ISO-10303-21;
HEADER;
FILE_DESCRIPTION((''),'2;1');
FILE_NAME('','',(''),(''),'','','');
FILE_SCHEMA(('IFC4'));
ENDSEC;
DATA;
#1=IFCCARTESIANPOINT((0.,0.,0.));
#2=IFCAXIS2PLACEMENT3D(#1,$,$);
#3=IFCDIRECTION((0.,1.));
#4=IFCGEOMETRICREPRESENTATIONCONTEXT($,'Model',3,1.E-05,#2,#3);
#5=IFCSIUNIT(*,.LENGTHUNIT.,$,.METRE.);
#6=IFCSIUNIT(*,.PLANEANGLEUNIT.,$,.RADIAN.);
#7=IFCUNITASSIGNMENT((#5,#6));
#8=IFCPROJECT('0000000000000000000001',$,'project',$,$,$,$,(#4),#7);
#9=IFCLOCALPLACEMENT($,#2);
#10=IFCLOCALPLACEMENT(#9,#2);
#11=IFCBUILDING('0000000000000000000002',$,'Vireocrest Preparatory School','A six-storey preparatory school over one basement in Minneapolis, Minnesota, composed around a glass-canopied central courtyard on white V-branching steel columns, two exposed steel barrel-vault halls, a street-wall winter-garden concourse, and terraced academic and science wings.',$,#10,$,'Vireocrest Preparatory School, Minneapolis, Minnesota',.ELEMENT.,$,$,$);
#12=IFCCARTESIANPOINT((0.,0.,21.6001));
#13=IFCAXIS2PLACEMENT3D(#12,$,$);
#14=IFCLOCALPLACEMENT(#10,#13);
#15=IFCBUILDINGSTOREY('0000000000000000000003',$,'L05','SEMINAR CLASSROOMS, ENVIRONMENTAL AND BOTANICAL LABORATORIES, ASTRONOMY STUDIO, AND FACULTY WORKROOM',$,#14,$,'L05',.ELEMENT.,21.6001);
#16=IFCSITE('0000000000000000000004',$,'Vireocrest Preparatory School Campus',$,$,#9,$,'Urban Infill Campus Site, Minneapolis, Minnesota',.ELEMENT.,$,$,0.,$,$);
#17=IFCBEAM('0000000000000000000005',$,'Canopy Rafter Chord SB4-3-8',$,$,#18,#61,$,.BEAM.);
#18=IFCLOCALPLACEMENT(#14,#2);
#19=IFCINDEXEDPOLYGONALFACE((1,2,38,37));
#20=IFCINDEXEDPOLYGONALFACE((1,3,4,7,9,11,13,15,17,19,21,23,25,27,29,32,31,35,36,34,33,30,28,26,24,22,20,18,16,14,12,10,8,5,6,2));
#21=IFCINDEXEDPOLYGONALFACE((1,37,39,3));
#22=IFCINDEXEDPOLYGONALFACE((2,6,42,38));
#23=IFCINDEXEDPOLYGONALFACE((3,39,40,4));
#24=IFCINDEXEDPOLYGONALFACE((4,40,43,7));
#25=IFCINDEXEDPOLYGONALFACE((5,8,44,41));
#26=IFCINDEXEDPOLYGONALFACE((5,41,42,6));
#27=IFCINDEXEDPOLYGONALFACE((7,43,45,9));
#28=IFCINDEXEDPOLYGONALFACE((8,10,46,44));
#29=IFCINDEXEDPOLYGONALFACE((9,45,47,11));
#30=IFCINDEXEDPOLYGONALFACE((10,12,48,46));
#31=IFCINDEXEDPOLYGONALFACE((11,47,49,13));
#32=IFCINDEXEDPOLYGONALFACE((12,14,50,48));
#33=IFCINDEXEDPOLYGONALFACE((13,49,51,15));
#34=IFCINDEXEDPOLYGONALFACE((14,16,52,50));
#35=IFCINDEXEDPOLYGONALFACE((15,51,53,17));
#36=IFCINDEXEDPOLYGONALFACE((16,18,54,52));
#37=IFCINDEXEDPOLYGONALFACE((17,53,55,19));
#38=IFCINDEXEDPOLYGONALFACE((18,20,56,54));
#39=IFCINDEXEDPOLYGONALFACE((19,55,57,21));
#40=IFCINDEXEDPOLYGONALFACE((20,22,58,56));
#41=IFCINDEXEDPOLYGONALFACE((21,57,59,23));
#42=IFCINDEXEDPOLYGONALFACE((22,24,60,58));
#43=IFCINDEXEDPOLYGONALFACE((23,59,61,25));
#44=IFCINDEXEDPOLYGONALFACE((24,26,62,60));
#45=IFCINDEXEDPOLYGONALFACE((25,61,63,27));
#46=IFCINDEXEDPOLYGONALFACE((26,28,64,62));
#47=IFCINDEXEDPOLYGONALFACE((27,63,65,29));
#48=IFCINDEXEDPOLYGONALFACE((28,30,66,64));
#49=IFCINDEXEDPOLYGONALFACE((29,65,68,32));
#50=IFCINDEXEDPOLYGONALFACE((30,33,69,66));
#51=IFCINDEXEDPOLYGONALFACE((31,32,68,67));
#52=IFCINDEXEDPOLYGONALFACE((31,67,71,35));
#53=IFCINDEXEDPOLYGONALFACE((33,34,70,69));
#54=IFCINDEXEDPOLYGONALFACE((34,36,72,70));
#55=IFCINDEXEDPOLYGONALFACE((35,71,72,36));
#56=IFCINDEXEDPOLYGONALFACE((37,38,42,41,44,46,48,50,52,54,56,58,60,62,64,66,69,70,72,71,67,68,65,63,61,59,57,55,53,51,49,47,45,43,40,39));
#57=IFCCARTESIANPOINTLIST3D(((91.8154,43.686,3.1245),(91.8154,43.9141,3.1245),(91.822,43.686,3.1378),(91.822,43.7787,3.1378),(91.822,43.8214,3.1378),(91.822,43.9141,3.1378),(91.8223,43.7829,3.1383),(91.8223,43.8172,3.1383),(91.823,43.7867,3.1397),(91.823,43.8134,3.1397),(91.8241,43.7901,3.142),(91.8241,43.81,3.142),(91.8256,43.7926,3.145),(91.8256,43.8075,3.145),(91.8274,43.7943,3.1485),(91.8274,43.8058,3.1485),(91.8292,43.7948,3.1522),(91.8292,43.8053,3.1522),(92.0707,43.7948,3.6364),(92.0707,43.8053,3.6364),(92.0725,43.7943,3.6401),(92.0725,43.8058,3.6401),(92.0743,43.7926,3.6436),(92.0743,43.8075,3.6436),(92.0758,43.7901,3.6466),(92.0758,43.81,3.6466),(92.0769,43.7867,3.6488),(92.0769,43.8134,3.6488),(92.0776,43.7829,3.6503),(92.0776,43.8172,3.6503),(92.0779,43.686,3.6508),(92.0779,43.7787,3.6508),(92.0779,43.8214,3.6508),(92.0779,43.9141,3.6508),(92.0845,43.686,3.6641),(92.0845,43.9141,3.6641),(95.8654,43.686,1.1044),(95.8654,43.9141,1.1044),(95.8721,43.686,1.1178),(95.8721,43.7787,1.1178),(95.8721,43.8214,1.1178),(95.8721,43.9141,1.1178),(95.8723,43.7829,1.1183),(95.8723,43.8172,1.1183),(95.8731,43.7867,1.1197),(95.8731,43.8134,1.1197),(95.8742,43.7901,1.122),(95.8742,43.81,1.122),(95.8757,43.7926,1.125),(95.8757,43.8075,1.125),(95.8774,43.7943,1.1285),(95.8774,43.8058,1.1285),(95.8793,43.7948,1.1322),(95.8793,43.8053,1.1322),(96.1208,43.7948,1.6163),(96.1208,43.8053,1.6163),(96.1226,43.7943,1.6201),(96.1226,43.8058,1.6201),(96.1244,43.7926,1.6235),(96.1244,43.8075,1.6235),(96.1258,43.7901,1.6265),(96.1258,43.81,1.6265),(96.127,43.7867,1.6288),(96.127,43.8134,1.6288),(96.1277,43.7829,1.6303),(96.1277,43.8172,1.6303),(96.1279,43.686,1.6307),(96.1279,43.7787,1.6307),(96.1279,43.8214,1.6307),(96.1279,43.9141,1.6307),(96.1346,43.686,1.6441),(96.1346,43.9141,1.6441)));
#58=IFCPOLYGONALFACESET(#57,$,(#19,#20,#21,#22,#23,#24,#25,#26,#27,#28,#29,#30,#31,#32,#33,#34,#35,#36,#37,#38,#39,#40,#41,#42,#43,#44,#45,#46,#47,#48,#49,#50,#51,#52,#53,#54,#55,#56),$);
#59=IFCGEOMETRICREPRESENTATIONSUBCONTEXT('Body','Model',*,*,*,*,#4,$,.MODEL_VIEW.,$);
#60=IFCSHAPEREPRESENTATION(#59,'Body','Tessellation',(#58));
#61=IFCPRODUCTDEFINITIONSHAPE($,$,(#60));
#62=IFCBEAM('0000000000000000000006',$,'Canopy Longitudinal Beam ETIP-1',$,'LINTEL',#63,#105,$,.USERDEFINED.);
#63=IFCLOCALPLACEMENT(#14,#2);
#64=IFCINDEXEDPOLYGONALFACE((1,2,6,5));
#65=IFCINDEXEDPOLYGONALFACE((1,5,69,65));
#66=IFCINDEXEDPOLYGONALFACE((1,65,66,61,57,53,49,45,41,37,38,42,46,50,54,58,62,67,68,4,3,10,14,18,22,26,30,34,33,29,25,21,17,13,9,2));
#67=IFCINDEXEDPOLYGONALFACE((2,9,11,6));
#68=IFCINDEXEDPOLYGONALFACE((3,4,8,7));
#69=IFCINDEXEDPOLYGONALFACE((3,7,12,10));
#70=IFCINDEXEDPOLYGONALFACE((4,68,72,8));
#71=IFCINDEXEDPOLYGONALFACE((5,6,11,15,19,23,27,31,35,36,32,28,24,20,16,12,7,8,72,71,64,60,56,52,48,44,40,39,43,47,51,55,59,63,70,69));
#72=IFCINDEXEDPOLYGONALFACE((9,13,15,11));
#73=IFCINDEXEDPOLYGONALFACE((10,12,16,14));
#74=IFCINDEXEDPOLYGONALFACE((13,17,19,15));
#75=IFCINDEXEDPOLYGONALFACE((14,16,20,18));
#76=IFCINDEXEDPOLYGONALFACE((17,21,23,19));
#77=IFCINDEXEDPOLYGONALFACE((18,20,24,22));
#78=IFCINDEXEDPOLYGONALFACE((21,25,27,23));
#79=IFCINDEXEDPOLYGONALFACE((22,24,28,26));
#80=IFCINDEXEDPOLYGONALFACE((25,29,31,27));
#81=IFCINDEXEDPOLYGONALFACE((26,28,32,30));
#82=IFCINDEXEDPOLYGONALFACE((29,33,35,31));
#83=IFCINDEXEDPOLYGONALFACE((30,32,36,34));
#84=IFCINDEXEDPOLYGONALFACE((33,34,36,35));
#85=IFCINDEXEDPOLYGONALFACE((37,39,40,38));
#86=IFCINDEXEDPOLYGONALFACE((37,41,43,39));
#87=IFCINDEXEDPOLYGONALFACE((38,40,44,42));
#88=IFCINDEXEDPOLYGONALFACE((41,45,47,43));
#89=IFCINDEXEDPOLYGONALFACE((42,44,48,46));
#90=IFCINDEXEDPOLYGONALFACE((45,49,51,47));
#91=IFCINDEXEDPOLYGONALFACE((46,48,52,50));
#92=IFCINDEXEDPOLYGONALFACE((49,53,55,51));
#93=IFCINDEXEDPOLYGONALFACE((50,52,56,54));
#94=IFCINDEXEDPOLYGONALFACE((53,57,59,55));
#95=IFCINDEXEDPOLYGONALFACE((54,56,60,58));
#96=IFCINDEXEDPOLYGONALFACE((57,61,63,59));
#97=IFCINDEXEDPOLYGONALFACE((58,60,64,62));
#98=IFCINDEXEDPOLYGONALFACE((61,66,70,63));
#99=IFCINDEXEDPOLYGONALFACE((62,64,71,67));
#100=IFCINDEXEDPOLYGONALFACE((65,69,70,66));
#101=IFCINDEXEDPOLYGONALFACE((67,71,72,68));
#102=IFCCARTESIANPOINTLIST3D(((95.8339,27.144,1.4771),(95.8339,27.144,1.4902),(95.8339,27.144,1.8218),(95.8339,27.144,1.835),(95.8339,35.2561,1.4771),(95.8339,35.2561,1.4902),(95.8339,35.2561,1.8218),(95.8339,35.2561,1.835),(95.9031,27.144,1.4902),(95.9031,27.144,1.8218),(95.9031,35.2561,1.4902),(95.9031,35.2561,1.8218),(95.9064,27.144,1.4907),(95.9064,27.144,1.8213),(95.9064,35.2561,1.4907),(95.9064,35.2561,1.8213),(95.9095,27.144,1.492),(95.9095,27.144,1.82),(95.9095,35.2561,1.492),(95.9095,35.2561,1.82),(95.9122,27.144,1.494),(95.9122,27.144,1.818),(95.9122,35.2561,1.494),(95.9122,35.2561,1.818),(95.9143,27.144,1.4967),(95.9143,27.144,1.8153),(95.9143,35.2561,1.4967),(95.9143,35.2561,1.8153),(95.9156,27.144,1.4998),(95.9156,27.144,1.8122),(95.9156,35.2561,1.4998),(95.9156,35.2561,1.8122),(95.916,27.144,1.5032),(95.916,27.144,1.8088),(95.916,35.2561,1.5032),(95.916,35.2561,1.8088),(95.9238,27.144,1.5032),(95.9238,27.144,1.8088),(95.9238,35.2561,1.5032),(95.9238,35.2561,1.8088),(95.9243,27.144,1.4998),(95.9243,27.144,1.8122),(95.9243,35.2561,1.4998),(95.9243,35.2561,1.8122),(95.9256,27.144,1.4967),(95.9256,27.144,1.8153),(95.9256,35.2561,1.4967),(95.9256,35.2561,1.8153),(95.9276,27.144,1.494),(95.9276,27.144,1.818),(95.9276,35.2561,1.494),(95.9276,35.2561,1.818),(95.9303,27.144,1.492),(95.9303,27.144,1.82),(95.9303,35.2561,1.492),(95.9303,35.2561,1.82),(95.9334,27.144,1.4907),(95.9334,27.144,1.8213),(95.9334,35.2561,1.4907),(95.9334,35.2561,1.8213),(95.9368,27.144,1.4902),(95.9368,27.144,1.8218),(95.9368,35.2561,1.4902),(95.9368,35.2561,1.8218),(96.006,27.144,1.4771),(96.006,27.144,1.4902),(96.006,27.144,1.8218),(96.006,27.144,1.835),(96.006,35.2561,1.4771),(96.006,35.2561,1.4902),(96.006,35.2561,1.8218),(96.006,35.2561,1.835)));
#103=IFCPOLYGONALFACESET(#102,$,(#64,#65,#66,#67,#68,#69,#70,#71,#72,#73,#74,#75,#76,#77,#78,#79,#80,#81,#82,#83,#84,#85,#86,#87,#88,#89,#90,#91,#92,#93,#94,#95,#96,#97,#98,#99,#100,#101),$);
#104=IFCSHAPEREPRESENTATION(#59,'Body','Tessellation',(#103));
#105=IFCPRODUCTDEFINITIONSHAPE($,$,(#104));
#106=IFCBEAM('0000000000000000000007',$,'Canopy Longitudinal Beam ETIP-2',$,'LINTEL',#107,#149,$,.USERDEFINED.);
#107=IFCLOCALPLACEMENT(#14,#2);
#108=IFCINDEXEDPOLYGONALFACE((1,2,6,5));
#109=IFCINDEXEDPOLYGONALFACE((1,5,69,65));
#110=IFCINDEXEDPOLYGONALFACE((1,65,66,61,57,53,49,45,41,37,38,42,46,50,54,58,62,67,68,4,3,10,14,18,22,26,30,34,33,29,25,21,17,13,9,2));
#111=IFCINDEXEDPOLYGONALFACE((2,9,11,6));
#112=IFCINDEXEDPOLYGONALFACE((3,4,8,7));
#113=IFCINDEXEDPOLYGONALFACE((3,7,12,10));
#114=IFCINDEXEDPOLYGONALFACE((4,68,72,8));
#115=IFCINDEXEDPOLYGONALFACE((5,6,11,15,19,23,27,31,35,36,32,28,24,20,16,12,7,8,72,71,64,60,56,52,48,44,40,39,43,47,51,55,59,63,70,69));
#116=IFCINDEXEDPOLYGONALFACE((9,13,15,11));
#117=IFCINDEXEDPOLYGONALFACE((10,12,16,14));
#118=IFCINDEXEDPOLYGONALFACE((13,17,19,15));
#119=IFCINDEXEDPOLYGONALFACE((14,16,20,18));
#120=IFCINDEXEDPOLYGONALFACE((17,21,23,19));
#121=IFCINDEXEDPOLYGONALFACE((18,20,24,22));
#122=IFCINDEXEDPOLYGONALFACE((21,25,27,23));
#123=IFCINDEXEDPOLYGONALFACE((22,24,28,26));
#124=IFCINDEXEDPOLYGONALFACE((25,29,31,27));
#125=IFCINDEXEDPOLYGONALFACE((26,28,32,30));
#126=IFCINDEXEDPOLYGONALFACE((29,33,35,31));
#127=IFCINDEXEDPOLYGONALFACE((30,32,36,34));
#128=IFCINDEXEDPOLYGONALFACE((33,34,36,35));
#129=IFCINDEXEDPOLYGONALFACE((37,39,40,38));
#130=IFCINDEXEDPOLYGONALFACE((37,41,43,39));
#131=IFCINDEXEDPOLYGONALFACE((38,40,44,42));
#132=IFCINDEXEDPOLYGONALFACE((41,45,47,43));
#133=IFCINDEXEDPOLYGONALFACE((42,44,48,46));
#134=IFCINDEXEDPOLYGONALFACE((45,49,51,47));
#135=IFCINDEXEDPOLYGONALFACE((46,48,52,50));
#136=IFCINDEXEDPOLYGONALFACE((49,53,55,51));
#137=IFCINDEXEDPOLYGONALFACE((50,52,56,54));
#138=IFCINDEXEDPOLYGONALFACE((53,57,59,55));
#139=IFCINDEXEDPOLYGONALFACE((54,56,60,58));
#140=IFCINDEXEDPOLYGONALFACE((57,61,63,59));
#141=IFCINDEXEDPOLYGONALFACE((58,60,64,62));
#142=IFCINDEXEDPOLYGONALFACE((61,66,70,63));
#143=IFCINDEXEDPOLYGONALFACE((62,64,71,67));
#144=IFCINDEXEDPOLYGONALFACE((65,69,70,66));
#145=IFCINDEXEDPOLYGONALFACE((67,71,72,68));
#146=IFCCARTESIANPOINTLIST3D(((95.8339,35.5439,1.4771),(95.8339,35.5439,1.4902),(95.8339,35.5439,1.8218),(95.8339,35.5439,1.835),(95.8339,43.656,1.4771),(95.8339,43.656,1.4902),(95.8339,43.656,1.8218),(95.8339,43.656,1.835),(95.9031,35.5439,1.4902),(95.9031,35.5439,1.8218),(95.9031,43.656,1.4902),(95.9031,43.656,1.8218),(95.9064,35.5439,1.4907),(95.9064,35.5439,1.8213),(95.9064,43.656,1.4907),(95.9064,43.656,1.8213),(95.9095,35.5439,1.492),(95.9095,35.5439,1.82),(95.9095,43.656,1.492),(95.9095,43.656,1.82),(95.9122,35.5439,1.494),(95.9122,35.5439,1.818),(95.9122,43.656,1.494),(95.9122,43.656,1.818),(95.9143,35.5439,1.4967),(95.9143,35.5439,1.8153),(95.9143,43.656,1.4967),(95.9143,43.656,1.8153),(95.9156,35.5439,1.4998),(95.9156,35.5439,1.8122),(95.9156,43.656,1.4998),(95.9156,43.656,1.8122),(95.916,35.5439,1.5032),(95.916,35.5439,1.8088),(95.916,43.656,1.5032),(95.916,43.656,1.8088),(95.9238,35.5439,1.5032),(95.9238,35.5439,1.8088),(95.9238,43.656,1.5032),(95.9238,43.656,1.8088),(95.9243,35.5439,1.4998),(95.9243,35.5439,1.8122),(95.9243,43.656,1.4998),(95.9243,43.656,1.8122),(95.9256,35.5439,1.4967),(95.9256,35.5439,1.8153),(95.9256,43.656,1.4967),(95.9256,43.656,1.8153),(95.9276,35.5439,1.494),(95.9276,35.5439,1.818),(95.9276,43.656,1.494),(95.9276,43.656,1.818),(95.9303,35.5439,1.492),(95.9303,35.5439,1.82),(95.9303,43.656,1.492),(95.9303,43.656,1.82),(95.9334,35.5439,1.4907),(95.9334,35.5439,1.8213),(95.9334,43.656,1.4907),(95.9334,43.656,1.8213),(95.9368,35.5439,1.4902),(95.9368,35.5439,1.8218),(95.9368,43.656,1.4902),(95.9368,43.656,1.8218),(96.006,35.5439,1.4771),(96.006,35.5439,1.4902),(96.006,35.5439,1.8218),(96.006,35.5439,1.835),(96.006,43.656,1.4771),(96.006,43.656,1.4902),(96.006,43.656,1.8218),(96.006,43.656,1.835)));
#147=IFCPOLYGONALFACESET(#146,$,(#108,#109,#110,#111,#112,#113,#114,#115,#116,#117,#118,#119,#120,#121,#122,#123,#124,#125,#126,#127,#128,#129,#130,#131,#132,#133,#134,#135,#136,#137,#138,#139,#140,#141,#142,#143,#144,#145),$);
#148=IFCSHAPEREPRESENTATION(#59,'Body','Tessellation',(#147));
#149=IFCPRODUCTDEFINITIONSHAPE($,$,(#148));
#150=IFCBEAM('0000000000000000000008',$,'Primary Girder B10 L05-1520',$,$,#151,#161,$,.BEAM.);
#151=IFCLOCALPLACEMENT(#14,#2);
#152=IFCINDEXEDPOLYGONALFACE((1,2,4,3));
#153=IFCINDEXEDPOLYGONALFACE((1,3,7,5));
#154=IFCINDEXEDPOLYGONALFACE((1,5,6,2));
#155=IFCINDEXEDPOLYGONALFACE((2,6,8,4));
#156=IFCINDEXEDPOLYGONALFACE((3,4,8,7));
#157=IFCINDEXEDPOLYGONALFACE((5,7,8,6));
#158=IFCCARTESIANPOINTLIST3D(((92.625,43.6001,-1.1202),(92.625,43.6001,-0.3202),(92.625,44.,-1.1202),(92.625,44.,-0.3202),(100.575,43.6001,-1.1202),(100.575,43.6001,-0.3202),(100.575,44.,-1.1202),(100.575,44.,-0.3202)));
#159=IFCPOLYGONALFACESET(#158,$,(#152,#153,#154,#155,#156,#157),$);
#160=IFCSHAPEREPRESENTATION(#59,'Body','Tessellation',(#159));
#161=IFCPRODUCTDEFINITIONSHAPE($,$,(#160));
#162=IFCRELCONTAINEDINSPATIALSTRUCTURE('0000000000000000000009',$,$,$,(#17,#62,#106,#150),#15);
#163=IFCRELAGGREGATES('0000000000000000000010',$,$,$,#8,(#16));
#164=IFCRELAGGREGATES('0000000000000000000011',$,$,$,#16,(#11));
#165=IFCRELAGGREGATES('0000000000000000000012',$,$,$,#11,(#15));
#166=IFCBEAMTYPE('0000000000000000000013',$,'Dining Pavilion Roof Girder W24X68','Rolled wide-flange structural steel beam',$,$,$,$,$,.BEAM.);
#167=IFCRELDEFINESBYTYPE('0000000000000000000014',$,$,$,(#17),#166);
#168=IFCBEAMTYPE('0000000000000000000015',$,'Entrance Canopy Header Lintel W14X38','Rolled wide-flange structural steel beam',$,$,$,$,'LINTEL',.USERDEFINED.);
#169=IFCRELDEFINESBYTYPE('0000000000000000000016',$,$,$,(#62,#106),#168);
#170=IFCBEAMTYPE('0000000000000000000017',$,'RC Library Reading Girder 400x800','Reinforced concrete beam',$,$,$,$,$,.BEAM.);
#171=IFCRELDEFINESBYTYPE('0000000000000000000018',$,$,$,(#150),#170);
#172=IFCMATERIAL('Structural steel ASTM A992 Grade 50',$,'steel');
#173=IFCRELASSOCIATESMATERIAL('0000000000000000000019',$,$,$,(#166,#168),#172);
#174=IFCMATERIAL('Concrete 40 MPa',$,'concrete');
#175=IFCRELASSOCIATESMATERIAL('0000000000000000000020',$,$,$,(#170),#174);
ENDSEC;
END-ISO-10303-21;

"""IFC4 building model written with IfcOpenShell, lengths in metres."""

from ifc_helpers import new_model, si_unit, direction, frame, origin, origin_2d, place, context, subcontext, project, spatial, rectangle, i_section, extrude, material, material_profile, profile_set, type_object, element, save


model = new_model("IFC4")

# Units and contexts
model_context = context("Model", 3, precision=1e-05, world=origin(), true_north=direction((0.0, 1.0)))
body_context = subcontext(model_context, "Body", "Model", "MODEL_VIEW")
ifc_project = project(units=[si_unit("LENGTHUNIT", "METRE"), si_unit("PLANEANGLEUNIT", "RADIAN")], contexts=[model_context])

# Site, building, storey
site_placement = place(None, origin())
site = spatial("IfcSite", under=ifc_project, at=site_placement, Name="Vireocrest Preparatory School Campus", LongName="Urban Infill Campus Site, Minneapolis, Minnesota", CompositionType="ELEMENT", RefElevation=0.0)
building_placement = place(site_placement, origin())
building = spatial("IfcBuilding", under=site, at=building_placement, Name="Vireocrest Preparatory School", Description="A six-storey preparatory school over one basement in Minneapolis, Minnesota, composed around a glass-canopied central courtyard on white V-branching steel columns, two exposed steel barrel-vault halls, a street-wall winter-garden concourse, and terraced academic and science wings.", LongName="Vireocrest Preparatory School, Minneapolis, Minnesota", CompositionType="ELEMENT")
storey_placement = place(building_placement, frame((0.0, 0.0, 21.6001)))
storey = spatial("IfcBuildingStorey", under=building, at=storey_placement, Name="L05", Description="SEMINAR CLASSROOMS, ENVIRONMENTAL AND BOTANICAL LABORATORIES, ASTRONOMY STUDIO, AND FACULTY WORKROOM", LongName="L05", CompositionType="ELEMENT", Elevation=21.6001)

# Shared definitions
ifc_material_1 = material(Name="Structural steel ASTM A992 Grade 50", Category="steel")

# Beams
ifc_material_profile_1 = material_profile(ifc_material_1, i_section(OverallWidth=0.228, OverallDepth=0.603, WebThickness=0.0105, FlangeThickness=0.0149, FilletRadius=0.0161, at=origin_2d()), Name="W24X68")
ifc_profile_set_1 = profile_set([ifc_material_profile_1], Name="Structural steel ASTM A992 Grade 50")
beam_type_1 = type_object("IfcBeamType", Name="Dining Pavilion Roof Girder W24X68", Description="Rolled wide-flange structural steel beam", PredefinedType="BEAM", material=ifc_profile_set_1)
for number, where, z_axis, x_axis, name in (
    (1, (91.95, 43.8, 3.3943), (0.894869, 0.0, -0.446329), (0.0, 1.0, 0.0), "Canopy Rafter Chord SB4-3-8"),
):
    element("IfcBeam", number, at=place(storey_placement, frame(where, z_axis=z_axis, x_axis=x_axis)), inside=storey, type_object=beam_type_1, Name=name, PredefinedType="BEAM", context=body_context, shape_type="SweptSolid", body=[
        extrude(i_section(OverallWidth=0.228, OverallDepth=0.603, WebThickness=0.0105, FlangeThickness=0.0149, FilletRadius=0.0161, at=origin_2d()), origin(), (0.0, 0.0, 1.0), 4.5259),
    ])
ifc_material_profile_2 = material_profile(ifc_material_1, i_section(OverallWidth=0.1721, OverallDepth=0.3579, WebThickness=0.0078, FlangeThickness=0.0132, FilletRadius=0.0129, at=origin_2d()), Name="W14X38")
ifc_profile_set_2 = profile_set([ifc_material_profile_2], Name="Structural steel ASTM A992 Grade 50")
beam_type_2 = type_object("IfcBeamType", Name="Entrance Canopy Header Lintel W14X38", Description="Rolled wide-flange structural steel beam", ElementType="LINTEL", PredefinedType="USERDEFINED", material=ifc_profile_set_2)
for number, where, z_axis, x_axis, name in (
    (2, (95.9199, 27.144, 1.656), (0.0, 1.0, 0.0), (-1.0, 0.0, 0.0), "Canopy Longitudinal Beam ETIP-1"),
    (3, (95.9199, 35.5439, 1.656), (0.0, 1.0, 0.0), (-1.0, 0.0, 0.0), "Canopy Longitudinal Beam ETIP-2"),
):
    element("IfcBeam", number, at=place(storey_placement, frame(where, z_axis=z_axis, x_axis=x_axis)), inside=storey, type_object=beam_type_2, Name=name, ObjectType="LINTEL", PredefinedType="USERDEFINED", context=body_context, shape_type="SweptSolid", body=[
        extrude(i_section(OverallWidth=0.1721, OverallDepth=0.3579, WebThickness=0.0078, FlangeThickness=0.0132, FilletRadius=0.0129, at=origin_2d()), origin(), (0.0, 0.0, 1.0), 8.1121),
    ])
ifc_material_2 = material(Name="Concrete 40 MPa", Category="concrete")
ifc_material_profile_3 = material_profile(ifc_material_2, rectangle(XDim=0.3999, YDim=0.8, at=origin_2d()), Name="RC 400x800")
ifc_profile_set_3 = profile_set([ifc_material_profile_3], Name="Concrete 40 MPa")
beam_type_3 = type_object("IfcBeamType", Name="RC Library Reading Girder 400x800", Description="Reinforced concrete beam", PredefinedType="BEAM", material=ifc_profile_set_3)
beam_placement = place(storey_placement, frame((92.625, 43.8, -0.7202), z_axis=(1.0, 0.0, 0.0), x_axis=(0.0, 1.0, 0.0)))
element("IfcBeam", 4, at=beam_placement, inside=storey, type_object=beam_type_3, Name="Primary Girder B10 L05-1520", PredefinedType="BEAM", context=body_context, shape_type="SweptSolid", body=[
    extrude(rectangle(XDim=0.3999, YDim=0.8, at=origin_2d()), origin(), (0.0, 0.0, 1.0), 7.95),
])

save(model, "model.ifc")
